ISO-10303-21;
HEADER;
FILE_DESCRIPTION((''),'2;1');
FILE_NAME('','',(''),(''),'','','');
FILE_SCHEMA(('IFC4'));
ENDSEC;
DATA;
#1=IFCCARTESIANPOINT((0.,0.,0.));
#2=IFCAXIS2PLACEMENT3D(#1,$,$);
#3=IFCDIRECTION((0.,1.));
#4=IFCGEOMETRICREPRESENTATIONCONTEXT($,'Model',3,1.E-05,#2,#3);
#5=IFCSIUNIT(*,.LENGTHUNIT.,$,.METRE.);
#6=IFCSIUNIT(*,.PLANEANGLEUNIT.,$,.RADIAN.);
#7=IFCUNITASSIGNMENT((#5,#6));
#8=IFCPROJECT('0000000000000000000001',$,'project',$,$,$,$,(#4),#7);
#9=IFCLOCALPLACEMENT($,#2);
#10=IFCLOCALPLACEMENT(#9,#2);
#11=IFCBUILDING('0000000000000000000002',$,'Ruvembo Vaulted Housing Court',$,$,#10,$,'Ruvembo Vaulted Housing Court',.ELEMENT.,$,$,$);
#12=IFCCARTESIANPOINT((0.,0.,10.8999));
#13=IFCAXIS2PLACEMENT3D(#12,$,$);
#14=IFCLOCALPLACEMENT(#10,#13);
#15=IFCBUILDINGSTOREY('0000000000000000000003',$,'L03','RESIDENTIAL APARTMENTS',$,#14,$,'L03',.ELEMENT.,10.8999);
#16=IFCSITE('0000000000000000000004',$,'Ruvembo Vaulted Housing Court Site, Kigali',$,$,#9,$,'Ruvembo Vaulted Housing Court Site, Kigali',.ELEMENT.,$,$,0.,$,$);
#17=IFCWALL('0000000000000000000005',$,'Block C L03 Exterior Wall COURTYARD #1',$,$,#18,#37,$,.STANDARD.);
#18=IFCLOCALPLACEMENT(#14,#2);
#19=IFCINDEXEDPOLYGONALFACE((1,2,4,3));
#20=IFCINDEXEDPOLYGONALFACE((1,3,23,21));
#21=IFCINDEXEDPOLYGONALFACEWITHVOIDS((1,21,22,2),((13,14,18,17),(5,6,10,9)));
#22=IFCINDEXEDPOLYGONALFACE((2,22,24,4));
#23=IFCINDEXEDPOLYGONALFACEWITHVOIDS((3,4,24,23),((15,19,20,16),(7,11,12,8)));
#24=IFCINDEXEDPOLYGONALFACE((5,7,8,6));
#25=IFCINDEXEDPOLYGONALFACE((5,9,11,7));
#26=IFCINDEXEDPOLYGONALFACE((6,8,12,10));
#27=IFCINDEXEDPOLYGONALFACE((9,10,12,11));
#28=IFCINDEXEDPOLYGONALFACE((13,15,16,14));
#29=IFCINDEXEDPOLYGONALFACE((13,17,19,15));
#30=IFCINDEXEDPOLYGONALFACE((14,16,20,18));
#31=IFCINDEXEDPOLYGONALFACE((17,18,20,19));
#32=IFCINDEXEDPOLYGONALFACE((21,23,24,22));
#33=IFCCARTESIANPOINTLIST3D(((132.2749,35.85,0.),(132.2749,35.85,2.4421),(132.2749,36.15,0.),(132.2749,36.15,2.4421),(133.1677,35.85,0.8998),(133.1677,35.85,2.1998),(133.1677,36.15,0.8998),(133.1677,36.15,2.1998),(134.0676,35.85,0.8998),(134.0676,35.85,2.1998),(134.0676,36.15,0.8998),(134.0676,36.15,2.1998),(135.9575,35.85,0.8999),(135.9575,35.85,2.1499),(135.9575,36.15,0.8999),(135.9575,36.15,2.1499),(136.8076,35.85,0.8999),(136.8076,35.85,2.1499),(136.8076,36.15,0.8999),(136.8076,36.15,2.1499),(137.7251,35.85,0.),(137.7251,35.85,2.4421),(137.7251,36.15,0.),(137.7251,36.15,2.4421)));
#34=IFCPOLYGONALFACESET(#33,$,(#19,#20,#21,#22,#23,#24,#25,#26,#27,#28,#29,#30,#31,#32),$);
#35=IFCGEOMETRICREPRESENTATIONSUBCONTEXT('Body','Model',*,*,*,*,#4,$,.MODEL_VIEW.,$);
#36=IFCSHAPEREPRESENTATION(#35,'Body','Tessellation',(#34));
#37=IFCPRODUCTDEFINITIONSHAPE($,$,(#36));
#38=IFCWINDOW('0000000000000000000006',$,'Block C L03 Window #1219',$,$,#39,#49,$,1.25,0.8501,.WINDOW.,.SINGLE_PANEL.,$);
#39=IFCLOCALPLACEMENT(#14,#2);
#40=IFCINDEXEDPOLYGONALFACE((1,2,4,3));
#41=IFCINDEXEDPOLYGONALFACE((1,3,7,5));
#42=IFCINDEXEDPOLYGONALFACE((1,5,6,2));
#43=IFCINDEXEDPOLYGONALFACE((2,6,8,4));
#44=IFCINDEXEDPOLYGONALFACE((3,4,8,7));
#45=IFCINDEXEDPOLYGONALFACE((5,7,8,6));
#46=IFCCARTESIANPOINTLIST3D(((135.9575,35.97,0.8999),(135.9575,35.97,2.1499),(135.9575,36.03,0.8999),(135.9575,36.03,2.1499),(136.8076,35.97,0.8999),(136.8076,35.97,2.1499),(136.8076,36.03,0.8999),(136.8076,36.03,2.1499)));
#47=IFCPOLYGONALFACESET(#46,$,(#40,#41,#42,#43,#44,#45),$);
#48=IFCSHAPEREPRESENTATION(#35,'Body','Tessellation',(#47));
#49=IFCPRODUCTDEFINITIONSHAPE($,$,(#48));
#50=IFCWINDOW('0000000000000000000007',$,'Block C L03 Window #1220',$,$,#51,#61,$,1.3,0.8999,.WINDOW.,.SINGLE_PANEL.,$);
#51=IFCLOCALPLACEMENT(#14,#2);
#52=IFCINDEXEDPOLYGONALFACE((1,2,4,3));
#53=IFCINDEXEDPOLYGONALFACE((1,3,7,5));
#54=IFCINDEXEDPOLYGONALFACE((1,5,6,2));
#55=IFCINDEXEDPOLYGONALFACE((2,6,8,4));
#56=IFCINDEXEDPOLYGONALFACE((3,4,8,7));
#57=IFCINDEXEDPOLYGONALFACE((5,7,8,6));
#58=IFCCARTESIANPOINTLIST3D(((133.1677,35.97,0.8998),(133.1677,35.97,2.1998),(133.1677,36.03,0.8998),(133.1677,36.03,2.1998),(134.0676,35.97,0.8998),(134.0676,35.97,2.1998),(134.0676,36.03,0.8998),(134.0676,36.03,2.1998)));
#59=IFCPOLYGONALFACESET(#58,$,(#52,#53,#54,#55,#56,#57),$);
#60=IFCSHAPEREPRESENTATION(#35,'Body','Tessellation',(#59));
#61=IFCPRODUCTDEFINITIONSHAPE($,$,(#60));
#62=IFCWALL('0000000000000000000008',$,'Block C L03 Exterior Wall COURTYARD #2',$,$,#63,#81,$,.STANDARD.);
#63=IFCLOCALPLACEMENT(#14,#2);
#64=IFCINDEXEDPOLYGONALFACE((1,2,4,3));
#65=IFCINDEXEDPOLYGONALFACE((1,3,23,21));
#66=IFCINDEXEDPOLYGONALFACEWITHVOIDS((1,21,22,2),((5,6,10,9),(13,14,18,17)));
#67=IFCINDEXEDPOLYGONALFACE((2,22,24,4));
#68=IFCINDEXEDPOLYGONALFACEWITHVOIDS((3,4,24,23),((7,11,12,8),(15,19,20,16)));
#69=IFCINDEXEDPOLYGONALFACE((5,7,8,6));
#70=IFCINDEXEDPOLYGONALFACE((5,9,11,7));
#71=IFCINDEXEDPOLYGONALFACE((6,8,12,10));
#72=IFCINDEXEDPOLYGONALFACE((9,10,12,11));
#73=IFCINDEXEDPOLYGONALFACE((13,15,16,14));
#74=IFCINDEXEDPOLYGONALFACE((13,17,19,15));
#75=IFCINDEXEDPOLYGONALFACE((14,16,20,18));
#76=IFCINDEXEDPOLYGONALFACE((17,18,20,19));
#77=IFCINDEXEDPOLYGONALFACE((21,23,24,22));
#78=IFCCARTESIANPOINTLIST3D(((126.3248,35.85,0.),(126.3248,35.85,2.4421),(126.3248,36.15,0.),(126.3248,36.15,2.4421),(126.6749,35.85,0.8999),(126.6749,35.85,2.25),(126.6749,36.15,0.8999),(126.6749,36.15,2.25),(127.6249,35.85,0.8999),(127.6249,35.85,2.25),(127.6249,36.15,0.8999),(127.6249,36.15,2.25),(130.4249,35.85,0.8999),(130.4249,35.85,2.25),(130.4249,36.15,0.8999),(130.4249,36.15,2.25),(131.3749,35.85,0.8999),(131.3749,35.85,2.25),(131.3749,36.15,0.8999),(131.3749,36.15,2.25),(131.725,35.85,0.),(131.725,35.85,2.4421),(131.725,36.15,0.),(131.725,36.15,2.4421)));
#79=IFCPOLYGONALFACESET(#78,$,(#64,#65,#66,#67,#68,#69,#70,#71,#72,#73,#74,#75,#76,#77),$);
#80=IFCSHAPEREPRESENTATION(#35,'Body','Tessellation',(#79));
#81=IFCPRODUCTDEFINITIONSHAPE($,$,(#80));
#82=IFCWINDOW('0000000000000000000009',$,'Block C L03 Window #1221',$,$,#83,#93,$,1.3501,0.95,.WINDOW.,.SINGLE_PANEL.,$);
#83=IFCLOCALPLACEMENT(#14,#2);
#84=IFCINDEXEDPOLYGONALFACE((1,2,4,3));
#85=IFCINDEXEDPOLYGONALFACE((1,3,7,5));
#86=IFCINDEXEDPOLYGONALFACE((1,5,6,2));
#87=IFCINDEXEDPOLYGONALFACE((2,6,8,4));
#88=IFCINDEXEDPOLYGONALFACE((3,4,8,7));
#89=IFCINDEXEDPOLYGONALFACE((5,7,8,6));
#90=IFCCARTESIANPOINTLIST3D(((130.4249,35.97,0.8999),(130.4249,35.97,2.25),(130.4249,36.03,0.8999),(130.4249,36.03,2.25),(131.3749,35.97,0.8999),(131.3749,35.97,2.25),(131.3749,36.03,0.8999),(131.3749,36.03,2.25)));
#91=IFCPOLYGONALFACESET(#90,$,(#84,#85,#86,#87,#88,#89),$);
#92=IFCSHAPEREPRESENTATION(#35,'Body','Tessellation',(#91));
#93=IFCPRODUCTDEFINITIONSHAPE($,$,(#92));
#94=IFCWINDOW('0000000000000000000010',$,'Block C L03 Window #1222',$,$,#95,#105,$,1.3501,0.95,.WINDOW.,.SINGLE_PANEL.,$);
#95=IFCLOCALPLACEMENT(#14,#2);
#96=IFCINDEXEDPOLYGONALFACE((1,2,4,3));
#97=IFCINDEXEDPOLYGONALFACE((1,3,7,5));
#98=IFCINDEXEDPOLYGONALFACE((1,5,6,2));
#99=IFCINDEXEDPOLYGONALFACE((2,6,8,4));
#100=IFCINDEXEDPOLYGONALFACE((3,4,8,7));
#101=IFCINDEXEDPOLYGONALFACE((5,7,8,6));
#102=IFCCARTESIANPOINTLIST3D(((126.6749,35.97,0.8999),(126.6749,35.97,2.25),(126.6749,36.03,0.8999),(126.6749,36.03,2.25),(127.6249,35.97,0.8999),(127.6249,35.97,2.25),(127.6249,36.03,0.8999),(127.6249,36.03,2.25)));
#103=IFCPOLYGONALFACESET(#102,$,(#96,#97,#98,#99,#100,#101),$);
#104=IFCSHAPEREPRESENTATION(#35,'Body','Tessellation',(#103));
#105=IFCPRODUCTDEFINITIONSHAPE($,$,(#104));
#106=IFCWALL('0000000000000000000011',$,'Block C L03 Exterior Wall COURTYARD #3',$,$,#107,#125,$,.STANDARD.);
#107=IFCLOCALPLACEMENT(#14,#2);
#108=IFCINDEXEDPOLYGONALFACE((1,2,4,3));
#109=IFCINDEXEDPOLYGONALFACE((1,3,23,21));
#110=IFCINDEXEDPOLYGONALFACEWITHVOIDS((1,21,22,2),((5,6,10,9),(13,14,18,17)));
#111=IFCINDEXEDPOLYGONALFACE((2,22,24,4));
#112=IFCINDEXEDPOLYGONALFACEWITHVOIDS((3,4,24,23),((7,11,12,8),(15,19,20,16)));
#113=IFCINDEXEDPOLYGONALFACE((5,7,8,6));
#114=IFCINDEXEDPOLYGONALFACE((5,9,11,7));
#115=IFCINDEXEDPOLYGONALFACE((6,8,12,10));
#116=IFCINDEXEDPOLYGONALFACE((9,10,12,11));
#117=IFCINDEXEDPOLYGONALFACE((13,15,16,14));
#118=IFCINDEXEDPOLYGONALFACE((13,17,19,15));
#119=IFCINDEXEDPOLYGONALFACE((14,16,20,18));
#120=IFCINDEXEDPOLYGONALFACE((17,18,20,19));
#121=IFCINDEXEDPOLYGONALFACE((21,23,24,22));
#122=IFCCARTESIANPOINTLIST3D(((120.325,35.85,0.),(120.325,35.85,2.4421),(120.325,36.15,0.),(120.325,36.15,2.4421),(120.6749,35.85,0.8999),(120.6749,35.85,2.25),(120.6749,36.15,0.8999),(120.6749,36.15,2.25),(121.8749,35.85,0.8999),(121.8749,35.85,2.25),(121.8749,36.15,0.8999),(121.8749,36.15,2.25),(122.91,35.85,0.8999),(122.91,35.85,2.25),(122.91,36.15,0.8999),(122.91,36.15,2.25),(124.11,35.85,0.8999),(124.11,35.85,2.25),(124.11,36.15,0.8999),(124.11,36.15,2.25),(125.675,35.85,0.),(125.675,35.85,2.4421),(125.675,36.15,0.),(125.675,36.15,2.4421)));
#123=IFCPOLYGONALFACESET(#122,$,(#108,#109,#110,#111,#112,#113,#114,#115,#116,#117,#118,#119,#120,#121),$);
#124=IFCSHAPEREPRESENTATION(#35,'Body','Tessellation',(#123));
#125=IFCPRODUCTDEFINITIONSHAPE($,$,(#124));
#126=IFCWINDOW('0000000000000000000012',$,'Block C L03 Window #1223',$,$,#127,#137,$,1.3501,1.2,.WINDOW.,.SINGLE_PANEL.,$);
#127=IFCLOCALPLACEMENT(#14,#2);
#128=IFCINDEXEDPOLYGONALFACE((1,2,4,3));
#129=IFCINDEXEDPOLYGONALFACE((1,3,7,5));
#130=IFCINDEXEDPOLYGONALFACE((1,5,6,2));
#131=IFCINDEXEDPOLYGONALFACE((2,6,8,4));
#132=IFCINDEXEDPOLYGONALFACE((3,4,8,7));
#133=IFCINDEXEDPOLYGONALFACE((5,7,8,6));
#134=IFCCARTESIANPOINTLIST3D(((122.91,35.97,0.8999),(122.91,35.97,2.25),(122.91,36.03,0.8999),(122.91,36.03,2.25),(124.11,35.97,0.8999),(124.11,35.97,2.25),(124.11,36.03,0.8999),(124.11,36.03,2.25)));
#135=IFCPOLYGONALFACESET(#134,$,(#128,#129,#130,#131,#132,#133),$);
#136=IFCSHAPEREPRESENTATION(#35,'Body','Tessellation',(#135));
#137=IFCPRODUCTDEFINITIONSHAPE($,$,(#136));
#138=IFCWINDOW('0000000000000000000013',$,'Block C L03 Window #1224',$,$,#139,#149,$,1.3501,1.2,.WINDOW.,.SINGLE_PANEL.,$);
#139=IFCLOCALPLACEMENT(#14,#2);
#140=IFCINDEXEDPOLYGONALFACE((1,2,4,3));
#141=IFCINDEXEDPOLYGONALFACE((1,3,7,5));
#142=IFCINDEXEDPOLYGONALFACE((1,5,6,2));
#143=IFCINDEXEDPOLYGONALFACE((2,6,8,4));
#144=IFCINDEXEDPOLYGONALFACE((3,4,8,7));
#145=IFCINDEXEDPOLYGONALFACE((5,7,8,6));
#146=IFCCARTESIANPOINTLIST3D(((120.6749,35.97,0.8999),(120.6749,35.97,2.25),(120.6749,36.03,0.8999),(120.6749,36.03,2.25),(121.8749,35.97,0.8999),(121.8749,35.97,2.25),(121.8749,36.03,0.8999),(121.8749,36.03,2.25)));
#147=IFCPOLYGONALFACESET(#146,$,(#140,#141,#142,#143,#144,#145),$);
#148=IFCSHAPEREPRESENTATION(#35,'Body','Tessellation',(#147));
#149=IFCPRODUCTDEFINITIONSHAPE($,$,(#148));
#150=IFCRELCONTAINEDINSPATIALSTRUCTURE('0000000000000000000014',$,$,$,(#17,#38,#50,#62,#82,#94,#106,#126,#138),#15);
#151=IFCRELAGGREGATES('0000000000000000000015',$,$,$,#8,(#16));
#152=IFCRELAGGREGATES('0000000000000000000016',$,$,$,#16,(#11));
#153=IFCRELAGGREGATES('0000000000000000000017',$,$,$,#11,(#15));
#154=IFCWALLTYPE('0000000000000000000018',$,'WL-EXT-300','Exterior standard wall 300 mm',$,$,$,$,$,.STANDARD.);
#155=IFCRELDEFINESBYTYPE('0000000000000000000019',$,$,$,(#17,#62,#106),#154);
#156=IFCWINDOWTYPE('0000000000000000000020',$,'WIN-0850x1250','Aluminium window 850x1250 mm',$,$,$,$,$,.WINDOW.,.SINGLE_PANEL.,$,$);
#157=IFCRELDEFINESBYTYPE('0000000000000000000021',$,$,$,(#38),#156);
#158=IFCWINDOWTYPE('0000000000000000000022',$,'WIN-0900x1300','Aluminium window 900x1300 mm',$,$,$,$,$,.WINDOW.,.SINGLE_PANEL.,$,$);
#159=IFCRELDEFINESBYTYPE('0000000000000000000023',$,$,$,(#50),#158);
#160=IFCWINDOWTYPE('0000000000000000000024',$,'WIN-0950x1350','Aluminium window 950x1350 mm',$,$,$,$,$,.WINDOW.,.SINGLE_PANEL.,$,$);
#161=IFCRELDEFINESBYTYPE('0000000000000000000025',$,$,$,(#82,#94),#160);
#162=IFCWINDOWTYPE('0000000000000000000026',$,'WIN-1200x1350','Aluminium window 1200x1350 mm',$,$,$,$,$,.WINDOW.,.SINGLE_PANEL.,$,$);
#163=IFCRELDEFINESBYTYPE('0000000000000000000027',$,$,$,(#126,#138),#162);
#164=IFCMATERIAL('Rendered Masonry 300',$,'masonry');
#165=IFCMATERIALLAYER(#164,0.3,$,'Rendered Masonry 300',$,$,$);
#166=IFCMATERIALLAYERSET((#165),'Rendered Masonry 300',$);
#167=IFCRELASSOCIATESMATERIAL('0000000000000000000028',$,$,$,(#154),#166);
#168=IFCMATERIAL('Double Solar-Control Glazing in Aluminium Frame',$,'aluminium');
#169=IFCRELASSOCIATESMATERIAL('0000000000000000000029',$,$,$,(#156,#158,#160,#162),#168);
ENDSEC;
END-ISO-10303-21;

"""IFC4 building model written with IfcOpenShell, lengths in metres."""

from ifc_helpers import new_model, si_unit, direction, frame, frame_2d, origin, place, context, subcontext, project, spatial, rectangle, extrude, material, layer, layer_set, type_object, element, fill, save


model = new_model("IFC4")

# Units and contexts
model_context = context("Model", 3, precision=1e-05, world=origin(), true_north=direction((0.0, 1.0)))
body_context = subcontext(model_context, "Body", "Model", "MODEL_VIEW")
ifc_project = project(units=[si_unit("LENGTHUNIT", "METRE"), si_unit("PLANEANGLEUNIT", "RADIAN")], contexts=[model_context])

# Site, building, storey
site_placement = place(None, origin())
site = spatial("IfcSite", under=ifc_project, at=site_placement, Name="Ruvembo Vaulted Housing Court Site, Kigali", LongName="Ruvembo Vaulted Housing Court Site, Kigali", CompositionType="ELEMENT", RefElevation=0.0)
building_placement = place(site_placement, origin())
building = spatial("IfcBuilding", under=site, at=building_placement, Name="Ruvembo Vaulted Housing Court", LongName="Ruvembo Vaulted Housing Court", CompositionType="ELEMENT")
storey_placement = place(building_placement, frame((0.0, 0.0, 10.8999)))
storey = spatial("IfcBuildingStorey", under=building, at=storey_placement, Name="L03", Description="RESIDENTIAL APARTMENTS", LongName="L03", CompositionType="ELEMENT", Elevation=10.8999)

# Walls, openings, windows
ifc_material_1 = material(Name="Rendered Masonry 300", Category="masonry")
ifc_layer_1 = layer(ifc_material_1, 0.3, Name="Rendered Masonry 300")
ifc_layer_set_1 = layer_set([ifc_layer_1], Name="Rendered Masonry 300")
wall_type_1 = type_object("IfcWallType", Name="WL-EXT-300", Description="Exterior standard wall 300 mm", PredefinedType="STANDARD", material=ifc_layer_set_1)
wall_1_placement = place(storey_placement, frame((137.7251, 36.0, 0.0), z_axis=(0.0, 0.0, 1.0), x_axis=(-1.0, 0.0, 0.0)))
wall_1 = element("IfcWall", 1, at=wall_1_placement, inside=storey, type_object=wall_type_1, Name="Block C L03 Exterior Wall COURTYARD #1", PredefinedType="STANDARD", context=body_context, shape_type="SweptSolid", body=[
    extrude(rectangle(XDim=5.4502, YDim=0.3, at=frame_2d((2.7251, 0.0))), origin(), (0.0, 0.0, 1.0), 2.4421),
])
opening_1_placement = place(wall_1_placement, frame((0.9175, 0.0, 0.8999)))
opening_1 = element("IfcOpeningElement", 2, at=opening_1_placement, cuts=wall_1, PredefinedType="OPENING", context=body_context, shape_type="SweptSolid", body=[
    extrude(rectangle(XDim=0.8501, YDim=1.25, at=frame_2d((0.425, 0.625))), frame((0.0, 0.1599, 0.0), z_axis=(0.0, -1.0, 0.0), x_axis=(1.0, 0.0, 0.0)), (0.0, 0.0, 1.0), 0.3201),
])
opening_2_placement = place(wall_1_placement, frame((3.6575, 0.0, 0.8999)))
opening_2 = element("IfcOpeningElement", 3, at=opening_2_placement, cuts=wall_1, PredefinedType="OPENING", context=body_context, shape_type="SweptSolid", body=[
    extrude(rectangle(XDim=0.8999, YDim=1.3, at=frame_2d((0.45, 0.6499))), frame((0.0, 0.1599, 0.0), z_axis=(0.0, -1.0, 0.0), x_axis=(1.0, 0.0, 0.0)), (0.0, 0.0, 1.0), 0.3201),
])
ifc_material_2 = material(Name="Double Solar-Control Glazing in Aluminium Frame", Category="aluminium")
window_type_1 = type_object("IfcWindowType", Name="WIN-0850x1250", Description="Aluminium window 850x1250 mm", PartitioningType="SINGLE_PANEL", PredefinedType="WINDOW", material=ifc_material_2)
window_1_placement = place(opening_1_placement, origin())
window_1 = element("IfcWindow", 4, at=window_1_placement, inside=storey, type_object=window_type_1, Name="Block C L03 Window #1219", OverallHeight=1.25, OverallWidth=0.8501, PartitioningType="SINGLE_PANEL", PredefinedType="WINDOW", context=body_context, shape_type="SweptSolid", body=[
    extrude(rectangle(XDim=0.8501, YDim=1.25, at=frame_2d((0.425, 0.625))), frame((0.0, 0.03, 0.0), z_axis=(0.0, -1.0, 0.0), x_axis=(1.0, 0.0, 0.0)), (0.0, 0.0, 1.0), 0.0601),
])
fill(opening_1, window_1)
window_type_2 = type_object("IfcWindowType", Name="WIN-0900x1300", Description="Aluminium window 900x1300 mm", PartitioningType="SINGLE_PANEL", PredefinedType="WINDOW", material=ifc_material_2)
window_2_placement = place(opening_2_placement, origin())
window_2 = element("IfcWindow", 5, at=window_2_placement, inside=storey, type_object=window_type_2, Name="Block C L03 Window #1220", OverallHeight=1.3, OverallWidth=0.8999, PartitioningType="SINGLE_PANEL", PredefinedType="WINDOW", context=body_context, shape_type="SweptSolid", body=[
    extrude(rectangle(XDim=0.8999, YDim=1.3, at=frame_2d((0.45, 0.6499))), frame((0.0, 0.03, 0.0), z_axis=(0.0, -1.0, 0.0), x_axis=(1.0, 0.0, 0.0)), (0.0, 0.0, 1.0), 0.0601),
])
fill(opening_2, window_2)
wall_2_placement = place(storey_placement, frame((131.7251, 36.0, 0.0), z_axis=(0.0, 0.0, 1.0), x_axis=(-1.0, 0.0, 0.0)))
wall_2 = element("IfcWall", 6, at=wall_2_placement, inside=storey, type_object=wall_type_1, Name="Block C L03 Exterior Wall COURTYARD #2", PredefinedType="STANDARD", context=body_context, shape_type="SweptSolid", body=[
    extrude(rectangle(XDim=5.4001, YDim=0.3, at=frame_2d((2.7002, 0.0))), origin(), (0.0, 0.0, 1.0), 2.4421),
])
opening_3_placement = place(wall_2_placement, frame((0.3501, 0.0, 0.8999)))
opening_3 = element("IfcOpeningElement", 7, at=opening_3_placement, cuts=wall_2, PredefinedType="OPENING", context=body_context, shape_type="SweptSolid", body=[
    extrude(rectangle(XDim=0.95, YDim=1.3501, at=frame_2d((0.4751, 0.675))), frame((0.0, 0.1599, 0.0), z_axis=(0.0, -1.0, 0.0), x_axis=(1.0, 0.0, 0.0)), (0.0, 0.0, 1.0), 0.3201),
])
opening_4_placement = place(wall_2_placement, frame((4.1001, 0.0, 0.8999)))
opening_4 = element("IfcOpeningElement", 8, at=opening_4_placement, cuts=wall_2, PredefinedType="OPENING", context=body_context, shape_type="SweptSolid", body=[
    extrude(rectangle(XDim=0.95, YDim=1.3501, at=frame_2d((0.4751, 0.675))), frame((0.0, 0.1599, 0.0), z_axis=(0.0, -1.0, 0.0), x_axis=(1.0, 0.0, 0.0)), (0.0, 0.0, 1.0), 0.3201),
])
window_type_3 = type_object("IfcWindowType", Name="WIN-0950x1350", Description="Aluminium window 950x1350 mm", PartitioningType="SINGLE_PANEL", PredefinedType="WINDOW", material=ifc_material_2)
window_3_placement = place(opening_3_placement, origin())
window_3 = element("IfcWindow", 9, at=window_3_placement, inside=storey, type_object=window_type_3, Name="Block C L03 Window #1221", OverallHeight=1.3501, OverallWidth=0.95, PartitioningType="SINGLE_PANEL", PredefinedType="WINDOW", context=body_context, shape_type="SweptSolid", body=[
    extrude(rectangle(XDim=0.95, YDim=1.3501, at=frame_2d((0.4751, 0.675))), frame((0.0, 0.03, 0.0), z_axis=(0.0, -1.0, 0.0), x_axis=(1.0, 0.0, 0.0)), (0.0, 0.0, 1.0), 0.0601),
])
fill(opening_3, window_3)
window_4_placement = place(opening_4_placement, origin())
window_4 = element("IfcWindow", 10, at=window_4_placement, inside=storey, type_object=window_type_3, Name="Block C L03 Window #1222", OverallHeight=1.3501, OverallWidth=0.95, PartitioningType="SINGLE_PANEL", PredefinedType="WINDOW", context=body_context, shape_type="SweptSolid", body=[
    extrude(rectangle(XDim=0.95, YDim=1.3501, at=frame_2d((0.4751, 0.675))), frame((0.0, 0.03, 0.0), z_axis=(0.0, -1.0, 0.0), x_axis=(1.0, 0.0, 0.0)), (0.0, 0.0, 1.0), 0.0601),
])
fill(opening_4, window_4)
wall_3_placement = place(storey_placement, frame((125.675, 36.0, 0.0), z_axis=(0.0, 0.0, 1.0), x_axis=(-1.0, 0.0, 0.0)))
wall_3 = element("IfcWall", 11, at=wall_3_placement, inside=storey, type_object=wall_type_1, Name="Block C L03 Exterior Wall COURTYARD #3", PredefinedType="STANDARD", context=body_context, shape_type="SweptSolid", body=[
    extrude(rectangle(XDim=5.3501, YDim=0.3, at=frame_2d((2.675, 0.0))), origin(), (0.0, 0.0, 1.0), 2.4421),
])
opening_5_placement = place(wall_3_placement, frame((1.5649, 0.0, 0.8999)))
opening_5 = element("IfcOpeningElement", 12, at=opening_5_placement, cuts=wall_3, PredefinedType="OPENING", context=body_context, shape_type="SweptSolid", body=[
    extrude(rectangle(XDim=1.2, YDim=1.3501, at=frame_2d((0.6001, 0.675))), frame((0.0, 0.1599, 0.0), z_axis=(0.0, -1.0, 0.0), x_axis=(1.0, 0.0, 0.0)), (0.0, 0.0, 1.0), 0.3201),
])
opening_6_placement = place(wall_3_placement, frame((3.8, 0.0, 0.8999)))
opening_6 = element("IfcOpeningElement", 13, at=opening_6_placement, cuts=wall_3, PredefinedType="OPENING", context=body_context, shape_type="SweptSolid", body=[
    extrude(rectangle(XDim=1.2, YDim=1.3501, at=frame_2d((0.6001, 0.675))), frame((0.0, 0.1599, 0.0), z_axis=(0.0, -1.0, 0.0), x_axis=(1.0, 0.0, 0.0)), (0.0, 0.0, 1.0), 0.3201),
])
window_type_4 = type_object("IfcWindowType", Name="WIN-1200x1350", Description="Aluminium window 1200x1350 mm", PartitioningType="SINGLE_PANEL", PredefinedType="WINDOW", material=ifc_material_2)
window_5_placement = place(opening_5_placement, origin())
window_5 = element("IfcWindow", 14, at=window_5_placement, inside=storey, type_object=window_type_4, Name="Block C L03 Window #1223", OverallHeight=1.3501, OverallWidth=1.2, PartitioningType="SINGLE_PANEL", PredefinedType="WINDOW", context=body_context, shape_type="SweptSolid", body=[
    extrude(rectangle(XDim=1.2, YDim=1.3501, at=frame_2d((0.6001, 0.675))), frame((0.0, 0.03, 0.0), z_axis=(0.0, -1.0, 0.0), x_axis=(1.0, 0.0, 0.0)), (0.0, 0.0, 1.0), 0.0601),
])
fill(opening_5, window_5)
window_6_placement = place(opening_6_placement, origin())
window_6 = element("IfcWindow", 15, at=window_6_placement, inside=storey, type_object=window_type_4, Name="Block C L03 Window #1224", OverallHeight=1.3501, OverallWidth=1.2, PartitioningType="SINGLE_PANEL", PredefinedType="WINDOW", context=body_context, shape_type="SweptSolid", body=[
    extrude(rectangle(XDim=1.2, YDim=1.3501, at=frame_2d((0.6001, 0.675))), frame((0.0, 0.03, 0.0), z_axis=(0.0, -1.0, 0.0), x_axis=(1.0, 0.0, 0.0)), (0.0, 0.0, 1.0), 0.0601),
])
fill(opening_6, window_6)

save(model, "model.ifc")
